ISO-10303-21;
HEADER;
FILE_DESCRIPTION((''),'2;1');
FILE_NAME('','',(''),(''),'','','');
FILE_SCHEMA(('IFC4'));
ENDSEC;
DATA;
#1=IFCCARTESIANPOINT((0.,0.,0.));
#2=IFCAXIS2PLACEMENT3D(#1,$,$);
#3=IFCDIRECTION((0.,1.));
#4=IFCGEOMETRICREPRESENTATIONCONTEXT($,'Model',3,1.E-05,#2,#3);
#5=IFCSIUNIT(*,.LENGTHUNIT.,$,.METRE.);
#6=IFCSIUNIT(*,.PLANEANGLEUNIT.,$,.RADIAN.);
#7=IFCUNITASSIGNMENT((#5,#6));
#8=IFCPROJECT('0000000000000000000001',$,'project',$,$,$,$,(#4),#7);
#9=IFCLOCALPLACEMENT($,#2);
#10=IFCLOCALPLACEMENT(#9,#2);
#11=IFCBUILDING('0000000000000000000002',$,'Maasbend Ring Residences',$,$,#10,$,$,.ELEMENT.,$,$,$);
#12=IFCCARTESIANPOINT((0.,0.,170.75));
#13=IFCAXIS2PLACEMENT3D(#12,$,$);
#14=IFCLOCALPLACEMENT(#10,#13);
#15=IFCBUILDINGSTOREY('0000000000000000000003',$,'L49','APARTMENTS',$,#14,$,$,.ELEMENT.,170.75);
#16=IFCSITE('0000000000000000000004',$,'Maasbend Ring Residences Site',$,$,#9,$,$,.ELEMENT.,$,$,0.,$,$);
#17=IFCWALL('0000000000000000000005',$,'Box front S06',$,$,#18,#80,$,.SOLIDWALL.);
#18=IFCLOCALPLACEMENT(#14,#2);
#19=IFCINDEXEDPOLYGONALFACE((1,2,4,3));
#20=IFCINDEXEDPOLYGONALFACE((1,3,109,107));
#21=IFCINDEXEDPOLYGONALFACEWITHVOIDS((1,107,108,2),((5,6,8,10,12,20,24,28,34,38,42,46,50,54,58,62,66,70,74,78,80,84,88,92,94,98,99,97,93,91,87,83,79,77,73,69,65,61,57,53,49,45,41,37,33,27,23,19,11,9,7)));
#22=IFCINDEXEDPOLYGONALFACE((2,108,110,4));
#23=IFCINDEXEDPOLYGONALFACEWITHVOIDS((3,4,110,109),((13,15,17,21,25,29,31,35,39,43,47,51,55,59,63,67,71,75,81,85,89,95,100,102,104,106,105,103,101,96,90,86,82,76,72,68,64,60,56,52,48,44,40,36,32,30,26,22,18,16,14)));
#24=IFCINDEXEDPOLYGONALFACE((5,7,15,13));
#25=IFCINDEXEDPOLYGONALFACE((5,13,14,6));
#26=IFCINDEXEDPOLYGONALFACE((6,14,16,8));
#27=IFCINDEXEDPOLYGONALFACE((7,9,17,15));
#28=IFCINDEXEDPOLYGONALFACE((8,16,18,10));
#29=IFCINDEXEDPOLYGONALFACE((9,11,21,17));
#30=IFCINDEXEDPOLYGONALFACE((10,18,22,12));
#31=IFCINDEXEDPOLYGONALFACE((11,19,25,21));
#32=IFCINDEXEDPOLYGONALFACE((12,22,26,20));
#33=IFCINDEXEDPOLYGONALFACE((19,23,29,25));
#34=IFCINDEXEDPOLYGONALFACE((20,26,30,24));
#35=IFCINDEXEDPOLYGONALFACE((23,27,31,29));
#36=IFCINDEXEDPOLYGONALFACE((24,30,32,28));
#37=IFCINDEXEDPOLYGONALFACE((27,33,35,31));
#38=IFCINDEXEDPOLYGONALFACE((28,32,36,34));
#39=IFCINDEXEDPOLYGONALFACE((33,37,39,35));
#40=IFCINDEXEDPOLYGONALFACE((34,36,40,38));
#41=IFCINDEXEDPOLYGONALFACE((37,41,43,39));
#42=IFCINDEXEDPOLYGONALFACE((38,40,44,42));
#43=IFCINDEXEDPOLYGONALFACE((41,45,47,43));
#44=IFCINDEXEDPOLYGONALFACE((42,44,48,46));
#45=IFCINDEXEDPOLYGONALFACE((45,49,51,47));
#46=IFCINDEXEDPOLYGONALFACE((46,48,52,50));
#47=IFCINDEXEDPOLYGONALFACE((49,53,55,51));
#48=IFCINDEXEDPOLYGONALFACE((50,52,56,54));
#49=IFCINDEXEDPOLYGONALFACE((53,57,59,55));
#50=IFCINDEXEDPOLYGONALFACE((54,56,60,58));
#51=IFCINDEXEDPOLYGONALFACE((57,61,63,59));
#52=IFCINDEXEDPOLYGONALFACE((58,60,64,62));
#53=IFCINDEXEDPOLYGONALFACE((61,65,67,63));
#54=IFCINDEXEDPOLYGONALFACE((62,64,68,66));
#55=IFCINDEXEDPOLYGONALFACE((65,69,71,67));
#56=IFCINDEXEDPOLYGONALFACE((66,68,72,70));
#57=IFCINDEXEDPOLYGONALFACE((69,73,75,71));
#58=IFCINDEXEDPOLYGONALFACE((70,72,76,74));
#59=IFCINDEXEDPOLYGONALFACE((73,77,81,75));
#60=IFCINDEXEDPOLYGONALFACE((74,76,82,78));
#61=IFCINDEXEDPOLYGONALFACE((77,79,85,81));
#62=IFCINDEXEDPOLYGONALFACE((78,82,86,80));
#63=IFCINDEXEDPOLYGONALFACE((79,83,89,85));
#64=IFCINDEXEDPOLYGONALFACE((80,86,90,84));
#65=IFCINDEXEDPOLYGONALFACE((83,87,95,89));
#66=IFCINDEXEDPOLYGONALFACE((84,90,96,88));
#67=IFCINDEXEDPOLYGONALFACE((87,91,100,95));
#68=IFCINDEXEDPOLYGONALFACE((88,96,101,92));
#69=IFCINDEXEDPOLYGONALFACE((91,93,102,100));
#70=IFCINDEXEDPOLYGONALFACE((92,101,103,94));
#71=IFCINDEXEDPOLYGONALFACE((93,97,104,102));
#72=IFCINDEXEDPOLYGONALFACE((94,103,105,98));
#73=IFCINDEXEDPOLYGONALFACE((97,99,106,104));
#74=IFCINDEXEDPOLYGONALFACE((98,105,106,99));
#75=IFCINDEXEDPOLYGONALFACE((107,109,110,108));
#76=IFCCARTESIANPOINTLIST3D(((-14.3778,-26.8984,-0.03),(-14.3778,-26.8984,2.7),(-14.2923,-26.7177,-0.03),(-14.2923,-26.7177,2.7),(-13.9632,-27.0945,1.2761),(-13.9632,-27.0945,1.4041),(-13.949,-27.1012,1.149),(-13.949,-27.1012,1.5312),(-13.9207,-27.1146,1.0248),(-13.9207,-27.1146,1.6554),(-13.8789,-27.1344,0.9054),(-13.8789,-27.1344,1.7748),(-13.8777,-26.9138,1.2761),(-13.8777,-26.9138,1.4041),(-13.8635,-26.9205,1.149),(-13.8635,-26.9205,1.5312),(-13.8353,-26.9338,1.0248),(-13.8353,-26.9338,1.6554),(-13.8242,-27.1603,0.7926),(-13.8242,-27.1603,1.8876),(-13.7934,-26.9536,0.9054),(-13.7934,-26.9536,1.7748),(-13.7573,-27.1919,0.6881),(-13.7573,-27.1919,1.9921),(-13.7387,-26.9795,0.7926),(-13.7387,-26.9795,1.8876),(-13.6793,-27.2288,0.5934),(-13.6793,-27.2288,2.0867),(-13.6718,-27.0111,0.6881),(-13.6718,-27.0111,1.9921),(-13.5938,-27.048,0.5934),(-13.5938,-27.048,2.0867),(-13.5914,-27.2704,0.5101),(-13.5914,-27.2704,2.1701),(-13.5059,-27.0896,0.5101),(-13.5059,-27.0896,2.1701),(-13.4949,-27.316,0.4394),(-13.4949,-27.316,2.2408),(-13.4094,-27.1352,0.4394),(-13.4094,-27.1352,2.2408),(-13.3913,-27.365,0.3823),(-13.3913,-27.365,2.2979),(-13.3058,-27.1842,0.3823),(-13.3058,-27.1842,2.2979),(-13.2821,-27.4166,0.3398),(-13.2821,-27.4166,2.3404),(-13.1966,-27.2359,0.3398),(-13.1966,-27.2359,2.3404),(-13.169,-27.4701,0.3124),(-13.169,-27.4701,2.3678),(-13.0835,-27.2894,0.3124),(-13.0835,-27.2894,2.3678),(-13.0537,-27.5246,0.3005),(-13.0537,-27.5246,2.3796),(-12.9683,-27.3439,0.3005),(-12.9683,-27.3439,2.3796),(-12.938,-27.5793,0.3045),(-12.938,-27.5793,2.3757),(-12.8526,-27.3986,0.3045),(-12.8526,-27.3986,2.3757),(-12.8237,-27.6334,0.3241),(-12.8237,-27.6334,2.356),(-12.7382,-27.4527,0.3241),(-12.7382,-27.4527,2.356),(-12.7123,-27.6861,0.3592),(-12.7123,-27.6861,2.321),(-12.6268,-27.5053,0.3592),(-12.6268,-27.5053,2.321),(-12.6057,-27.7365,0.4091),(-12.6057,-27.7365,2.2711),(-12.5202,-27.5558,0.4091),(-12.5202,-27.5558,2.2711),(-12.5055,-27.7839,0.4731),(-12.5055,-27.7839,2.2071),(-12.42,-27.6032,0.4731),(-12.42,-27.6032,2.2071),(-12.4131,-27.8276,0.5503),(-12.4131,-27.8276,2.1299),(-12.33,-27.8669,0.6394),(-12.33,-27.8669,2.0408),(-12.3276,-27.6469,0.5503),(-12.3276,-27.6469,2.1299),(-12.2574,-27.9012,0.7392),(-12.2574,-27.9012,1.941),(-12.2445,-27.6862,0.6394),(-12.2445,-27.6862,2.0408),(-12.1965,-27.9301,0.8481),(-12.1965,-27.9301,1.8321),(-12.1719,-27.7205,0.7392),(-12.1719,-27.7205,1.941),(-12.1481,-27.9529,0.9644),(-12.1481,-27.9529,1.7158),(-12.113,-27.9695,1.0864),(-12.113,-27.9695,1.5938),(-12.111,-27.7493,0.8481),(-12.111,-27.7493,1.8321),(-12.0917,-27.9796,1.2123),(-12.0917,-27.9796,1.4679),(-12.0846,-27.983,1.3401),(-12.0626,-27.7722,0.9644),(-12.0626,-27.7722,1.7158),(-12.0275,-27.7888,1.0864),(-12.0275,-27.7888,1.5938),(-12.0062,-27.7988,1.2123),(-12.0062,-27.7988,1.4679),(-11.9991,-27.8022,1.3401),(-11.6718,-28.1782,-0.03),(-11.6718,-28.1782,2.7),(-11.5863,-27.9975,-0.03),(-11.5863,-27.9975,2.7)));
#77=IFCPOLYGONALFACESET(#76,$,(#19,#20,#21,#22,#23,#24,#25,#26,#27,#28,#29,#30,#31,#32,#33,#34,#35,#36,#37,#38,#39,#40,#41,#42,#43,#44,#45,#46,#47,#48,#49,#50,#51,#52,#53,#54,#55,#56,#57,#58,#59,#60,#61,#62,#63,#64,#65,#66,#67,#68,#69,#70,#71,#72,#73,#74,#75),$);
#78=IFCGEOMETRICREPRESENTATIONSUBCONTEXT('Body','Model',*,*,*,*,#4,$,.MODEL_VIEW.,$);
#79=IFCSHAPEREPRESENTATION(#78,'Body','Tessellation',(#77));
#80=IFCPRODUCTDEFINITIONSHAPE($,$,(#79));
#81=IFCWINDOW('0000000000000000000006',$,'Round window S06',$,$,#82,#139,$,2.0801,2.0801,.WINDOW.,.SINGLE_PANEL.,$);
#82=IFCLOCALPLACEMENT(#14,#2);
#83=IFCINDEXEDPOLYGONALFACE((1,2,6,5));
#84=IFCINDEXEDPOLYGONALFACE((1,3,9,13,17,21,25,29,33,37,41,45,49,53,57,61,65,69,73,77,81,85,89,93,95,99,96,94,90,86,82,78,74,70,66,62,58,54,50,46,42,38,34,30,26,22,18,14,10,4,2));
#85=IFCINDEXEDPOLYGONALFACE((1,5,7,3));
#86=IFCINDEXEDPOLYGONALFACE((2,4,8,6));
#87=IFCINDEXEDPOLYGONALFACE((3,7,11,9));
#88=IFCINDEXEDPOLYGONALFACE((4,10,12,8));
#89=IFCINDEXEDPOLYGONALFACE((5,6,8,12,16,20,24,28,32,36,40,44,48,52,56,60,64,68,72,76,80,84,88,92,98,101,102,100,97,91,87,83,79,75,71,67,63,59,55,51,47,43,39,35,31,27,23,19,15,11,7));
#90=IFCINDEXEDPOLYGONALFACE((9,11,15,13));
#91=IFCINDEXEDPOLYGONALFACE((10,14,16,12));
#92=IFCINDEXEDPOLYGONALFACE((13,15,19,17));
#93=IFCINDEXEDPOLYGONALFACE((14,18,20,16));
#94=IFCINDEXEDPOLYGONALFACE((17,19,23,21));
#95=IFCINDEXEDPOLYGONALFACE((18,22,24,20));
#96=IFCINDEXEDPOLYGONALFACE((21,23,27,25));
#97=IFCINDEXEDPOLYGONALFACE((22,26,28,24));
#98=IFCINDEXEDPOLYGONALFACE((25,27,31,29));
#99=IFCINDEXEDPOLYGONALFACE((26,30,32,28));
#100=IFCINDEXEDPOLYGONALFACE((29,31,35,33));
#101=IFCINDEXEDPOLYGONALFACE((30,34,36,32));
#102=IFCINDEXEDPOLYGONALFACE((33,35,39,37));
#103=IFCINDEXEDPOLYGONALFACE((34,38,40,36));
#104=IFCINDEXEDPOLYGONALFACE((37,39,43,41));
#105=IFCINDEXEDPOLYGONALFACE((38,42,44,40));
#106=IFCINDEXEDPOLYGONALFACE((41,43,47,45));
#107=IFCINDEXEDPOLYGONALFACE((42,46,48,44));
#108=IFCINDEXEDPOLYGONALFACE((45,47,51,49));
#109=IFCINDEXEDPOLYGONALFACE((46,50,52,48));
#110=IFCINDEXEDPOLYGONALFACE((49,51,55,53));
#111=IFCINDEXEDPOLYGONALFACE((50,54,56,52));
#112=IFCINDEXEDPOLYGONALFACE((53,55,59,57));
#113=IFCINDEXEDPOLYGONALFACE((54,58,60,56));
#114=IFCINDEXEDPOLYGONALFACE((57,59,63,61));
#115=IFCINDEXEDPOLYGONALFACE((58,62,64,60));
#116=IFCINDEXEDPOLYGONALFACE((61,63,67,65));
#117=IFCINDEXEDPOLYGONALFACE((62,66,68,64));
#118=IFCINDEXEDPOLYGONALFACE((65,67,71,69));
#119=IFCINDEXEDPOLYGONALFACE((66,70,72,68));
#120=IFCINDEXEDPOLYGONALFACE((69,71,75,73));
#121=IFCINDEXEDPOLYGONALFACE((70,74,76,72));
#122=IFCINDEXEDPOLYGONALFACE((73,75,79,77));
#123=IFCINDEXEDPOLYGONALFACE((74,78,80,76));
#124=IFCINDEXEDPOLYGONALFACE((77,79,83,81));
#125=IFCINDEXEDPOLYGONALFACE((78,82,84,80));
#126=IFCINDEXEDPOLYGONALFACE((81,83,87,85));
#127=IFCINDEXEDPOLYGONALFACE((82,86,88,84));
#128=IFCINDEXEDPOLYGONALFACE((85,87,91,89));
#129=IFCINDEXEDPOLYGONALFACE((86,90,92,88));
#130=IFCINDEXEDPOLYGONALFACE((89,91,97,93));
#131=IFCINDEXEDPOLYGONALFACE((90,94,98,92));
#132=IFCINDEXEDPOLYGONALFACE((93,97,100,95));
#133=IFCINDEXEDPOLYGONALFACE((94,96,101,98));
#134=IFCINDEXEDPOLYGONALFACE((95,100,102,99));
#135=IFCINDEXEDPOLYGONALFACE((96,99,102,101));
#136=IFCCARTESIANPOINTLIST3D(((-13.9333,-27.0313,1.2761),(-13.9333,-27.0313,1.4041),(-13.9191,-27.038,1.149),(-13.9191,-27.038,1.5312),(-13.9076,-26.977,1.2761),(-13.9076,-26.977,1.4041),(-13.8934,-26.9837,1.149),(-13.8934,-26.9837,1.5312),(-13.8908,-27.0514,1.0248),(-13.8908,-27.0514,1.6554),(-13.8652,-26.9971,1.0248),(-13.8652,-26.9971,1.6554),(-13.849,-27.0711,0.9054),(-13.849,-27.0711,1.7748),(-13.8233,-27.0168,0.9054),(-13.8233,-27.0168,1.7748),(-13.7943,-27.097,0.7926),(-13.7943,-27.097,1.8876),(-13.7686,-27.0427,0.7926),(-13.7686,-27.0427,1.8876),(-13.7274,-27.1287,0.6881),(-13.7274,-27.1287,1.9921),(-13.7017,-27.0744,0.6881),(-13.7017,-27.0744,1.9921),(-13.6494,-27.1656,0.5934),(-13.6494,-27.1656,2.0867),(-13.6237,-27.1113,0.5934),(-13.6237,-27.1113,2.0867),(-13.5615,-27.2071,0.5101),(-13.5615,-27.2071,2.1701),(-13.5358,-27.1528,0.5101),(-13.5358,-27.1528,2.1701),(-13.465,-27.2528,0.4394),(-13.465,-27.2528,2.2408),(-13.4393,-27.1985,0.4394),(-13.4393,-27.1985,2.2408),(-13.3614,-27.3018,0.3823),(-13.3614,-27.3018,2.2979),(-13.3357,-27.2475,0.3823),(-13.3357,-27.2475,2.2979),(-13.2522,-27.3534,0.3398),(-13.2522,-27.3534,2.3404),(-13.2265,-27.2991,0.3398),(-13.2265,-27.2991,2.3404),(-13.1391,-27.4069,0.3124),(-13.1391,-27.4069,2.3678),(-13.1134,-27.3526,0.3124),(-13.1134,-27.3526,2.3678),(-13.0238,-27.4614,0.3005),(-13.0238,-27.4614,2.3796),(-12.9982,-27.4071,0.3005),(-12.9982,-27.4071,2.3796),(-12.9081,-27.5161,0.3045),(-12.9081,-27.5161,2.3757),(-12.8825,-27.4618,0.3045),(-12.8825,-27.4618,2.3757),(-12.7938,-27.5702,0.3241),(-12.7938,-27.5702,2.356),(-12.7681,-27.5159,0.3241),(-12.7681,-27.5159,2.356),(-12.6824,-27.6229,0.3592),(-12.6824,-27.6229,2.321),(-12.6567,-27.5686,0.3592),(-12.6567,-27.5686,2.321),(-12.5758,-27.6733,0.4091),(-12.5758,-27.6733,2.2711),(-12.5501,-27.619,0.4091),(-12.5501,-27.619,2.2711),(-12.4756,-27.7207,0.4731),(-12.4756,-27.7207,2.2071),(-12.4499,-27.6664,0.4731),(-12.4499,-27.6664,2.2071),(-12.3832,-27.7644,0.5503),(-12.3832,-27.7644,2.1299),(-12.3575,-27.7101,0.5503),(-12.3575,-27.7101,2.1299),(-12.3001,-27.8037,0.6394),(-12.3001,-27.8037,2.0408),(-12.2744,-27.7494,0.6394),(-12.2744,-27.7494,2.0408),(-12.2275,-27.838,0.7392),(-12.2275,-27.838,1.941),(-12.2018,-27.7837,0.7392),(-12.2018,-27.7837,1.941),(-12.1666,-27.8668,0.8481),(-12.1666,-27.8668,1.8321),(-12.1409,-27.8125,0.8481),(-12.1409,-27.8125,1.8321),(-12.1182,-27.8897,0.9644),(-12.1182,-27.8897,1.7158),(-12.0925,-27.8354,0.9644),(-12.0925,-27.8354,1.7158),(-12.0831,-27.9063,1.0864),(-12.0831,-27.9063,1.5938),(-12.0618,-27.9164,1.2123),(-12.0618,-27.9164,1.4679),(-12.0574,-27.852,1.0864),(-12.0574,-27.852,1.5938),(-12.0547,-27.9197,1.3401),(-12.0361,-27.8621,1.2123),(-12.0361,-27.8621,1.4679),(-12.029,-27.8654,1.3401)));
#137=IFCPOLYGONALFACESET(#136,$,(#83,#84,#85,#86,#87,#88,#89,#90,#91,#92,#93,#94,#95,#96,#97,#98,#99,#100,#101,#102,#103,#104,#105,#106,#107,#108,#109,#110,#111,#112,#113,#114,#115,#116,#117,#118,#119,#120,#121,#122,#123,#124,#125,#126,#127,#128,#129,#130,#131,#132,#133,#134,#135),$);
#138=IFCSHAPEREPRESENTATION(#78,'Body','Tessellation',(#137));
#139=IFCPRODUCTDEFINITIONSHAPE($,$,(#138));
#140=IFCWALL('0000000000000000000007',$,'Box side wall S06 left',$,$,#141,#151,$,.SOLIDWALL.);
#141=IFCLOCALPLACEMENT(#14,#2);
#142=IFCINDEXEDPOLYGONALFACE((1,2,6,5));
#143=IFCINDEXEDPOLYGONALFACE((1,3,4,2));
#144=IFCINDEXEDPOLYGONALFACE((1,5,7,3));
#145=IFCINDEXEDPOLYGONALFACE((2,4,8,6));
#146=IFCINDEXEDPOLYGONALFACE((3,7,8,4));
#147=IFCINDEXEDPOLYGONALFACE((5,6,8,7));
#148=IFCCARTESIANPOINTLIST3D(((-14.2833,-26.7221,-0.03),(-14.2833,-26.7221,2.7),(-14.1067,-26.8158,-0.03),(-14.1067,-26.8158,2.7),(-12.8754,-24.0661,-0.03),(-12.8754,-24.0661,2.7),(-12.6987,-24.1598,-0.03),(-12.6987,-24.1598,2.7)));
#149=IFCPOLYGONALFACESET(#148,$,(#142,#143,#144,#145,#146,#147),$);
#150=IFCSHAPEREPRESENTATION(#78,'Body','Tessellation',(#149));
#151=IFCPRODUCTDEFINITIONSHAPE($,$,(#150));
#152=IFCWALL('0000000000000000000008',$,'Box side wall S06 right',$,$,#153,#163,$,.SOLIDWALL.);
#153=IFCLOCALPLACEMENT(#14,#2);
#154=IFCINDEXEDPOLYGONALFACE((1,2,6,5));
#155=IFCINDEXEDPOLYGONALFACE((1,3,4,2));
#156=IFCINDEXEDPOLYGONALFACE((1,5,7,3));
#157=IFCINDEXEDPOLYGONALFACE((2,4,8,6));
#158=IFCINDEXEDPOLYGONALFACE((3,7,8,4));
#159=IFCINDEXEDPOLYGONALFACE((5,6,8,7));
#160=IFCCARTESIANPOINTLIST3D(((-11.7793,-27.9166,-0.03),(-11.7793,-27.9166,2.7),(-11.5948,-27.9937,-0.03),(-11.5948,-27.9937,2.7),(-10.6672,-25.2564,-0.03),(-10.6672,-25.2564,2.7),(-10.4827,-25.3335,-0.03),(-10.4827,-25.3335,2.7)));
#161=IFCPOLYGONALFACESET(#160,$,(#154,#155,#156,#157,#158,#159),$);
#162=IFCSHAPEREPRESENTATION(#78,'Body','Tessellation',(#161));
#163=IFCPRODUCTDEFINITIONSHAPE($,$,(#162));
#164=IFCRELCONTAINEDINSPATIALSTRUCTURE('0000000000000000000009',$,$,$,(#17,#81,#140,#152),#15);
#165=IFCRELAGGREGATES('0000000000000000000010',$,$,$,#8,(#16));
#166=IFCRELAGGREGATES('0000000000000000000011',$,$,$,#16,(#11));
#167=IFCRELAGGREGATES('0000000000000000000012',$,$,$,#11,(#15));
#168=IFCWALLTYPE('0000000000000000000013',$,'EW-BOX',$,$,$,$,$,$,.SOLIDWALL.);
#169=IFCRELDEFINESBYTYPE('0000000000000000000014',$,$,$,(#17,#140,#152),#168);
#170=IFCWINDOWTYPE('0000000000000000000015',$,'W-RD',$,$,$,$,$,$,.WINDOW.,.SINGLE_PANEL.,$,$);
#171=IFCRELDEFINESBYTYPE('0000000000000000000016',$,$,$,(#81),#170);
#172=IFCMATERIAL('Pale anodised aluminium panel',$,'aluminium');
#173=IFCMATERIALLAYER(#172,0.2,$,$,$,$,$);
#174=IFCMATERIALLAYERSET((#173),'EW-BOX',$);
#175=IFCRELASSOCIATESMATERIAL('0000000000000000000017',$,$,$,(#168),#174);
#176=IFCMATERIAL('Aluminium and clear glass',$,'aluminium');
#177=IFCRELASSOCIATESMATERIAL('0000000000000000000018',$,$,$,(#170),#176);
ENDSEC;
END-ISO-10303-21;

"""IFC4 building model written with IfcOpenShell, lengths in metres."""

from ifc_helpers import new_model, si_unit, direction, frame, frame_2d, origin, place, context, subcontext, project, spatial, rectangle, circle, extrude, material, layer, layer_set, type_object, element, fill, save


model = new_model("IFC4")

# Units and contexts
model_context = context("Model", 3, precision=1e-05, world=origin(), true_north=direction((0.0, 1.0)))
body_context = subcontext(model_context, "Body", "Model", "MODEL_VIEW")
ifc_project = project(units=[si_unit("LENGTHUNIT", "METRE"), si_unit("PLANEANGLEUNIT", "RADIAN")], contexts=[model_context])

# Site, building, storey
site_placement = place(None, origin())
site = spatial("IfcSite", under=ifc_project, at=site_placement, Name="Maasbend Ring Residences Site", CompositionType="ELEMENT", RefElevation=0.0)
building_placement = place(site_placement, origin())
building = spatial("IfcBuilding", under=site, at=building_placement, Name="Maasbend Ring Residences", CompositionType="ELEMENT")
storey_placement = place(building_placement, frame((0.0, 0.0, 170.75)))
storey = spatial("IfcBuildingStorey", under=building, at=storey_placement, Name="L49", Description="APARTMENTS", CompositionType="ELEMENT", Elevation=170.75)

# Shared definitions
ifc_material_1 = material(Name="Pale anodised aluminium panel", Category="aluminium")
ifc_layer_1 = layer(ifc_material_1, 0.2)
ifc_layer_set_1 = layer_set([ifc_layer_1], Name="EW-BOX")
wall_type_1 = type_object("IfcWallType", Name="EW-BOX", PredefinedType="SOLIDWALL", material=ifc_layer_set_1)

# Wall, opening, window
wall_1_placement = place(storey_placement, frame((-14.335, -26.8081, -0.03), z_axis=(0.0, 0.0, 1.0), x_axis=(0.904, -0.427532, 0.0)))
wall_1 = element("IfcWall", 1, at=wall_1_placement, inside=storey, type_object=wall_type_1, Name="Box front S06", PredefinedType="SOLIDWALL", context=body_context, shape_type="SweptSolid", body=[
    extrude(rectangle(XDim=2.9934, YDim=0.2, at=frame_2d((1.4966, 0.0))), origin(), (0.0, 0.0, 1.0), 2.73),
])
opening_1_placement = place(wall_1_placement, frame((0.4565, 0.0, 0.3301)))
opening_1 = element("IfcOpeningElement", 2, at=opening_1_placement, cuts=wall_1, PredefinedType="OPENING", context=body_context, shape_type="SweptSolid", body=[
    extrude(circle(Radius=1.04, at=frame_2d((1.04, 1.04))), frame((0.0, 0.1099, 0.0), z_axis=(0.0, -1.0, 0.0), x_axis=(1.0, 0.0, 0.0)), (0.0, 0.0, 1.0), 0.22),
])
ifc_material_2 = material(Name="Aluminium and clear glass", Category="aluminium")
window_type_1 = type_object("IfcWindowType", Name="W-RD", PartitioningType="SINGLE_PANEL", PredefinedType="WINDOW", material=ifc_material_2)
window_1_placement = place(opening_1_placement, origin())
window_1 = element("IfcWindow", 3, at=window_1_placement, inside=storey, type_object=window_type_1, Name="Round window S06", OverallHeight=2.0801, OverallWidth=2.0801, PartitioningType="SINGLE_PANEL", PredefinedType="WINDOW", context=body_context, shape_type="SweptSolid", body=[
    extrude(circle(Radius=1.04, at=frame_2d((1.04, 1.04))), frame((0.0, 0.03, 0.0), z_axis=(0.0, -1.0, 0.0), x_axis=(1.0, 0.0, 0.0)), (0.0, 0.0, 1.0), 0.0601),
])
fill(opening_1, window_1)

# Walls
wall_2_placement = place(storey_placement, frame((-12.7871, -24.113, -0.03), z_axis=(0.0, 0.0, 1.0), x_axis=(-0.468365, -0.883535, 0.0)))
element("IfcWall", 4, at=wall_2_placement, inside=storey, type_object=wall_type_1, Name="Box side wall S06 left", PredefinedType="SOLIDWALL", context=body_context, shape_type="SweptSolid", body=[
    extrude(rectangle(XDim=3.0061, YDim=0.2, at=frame_2d((1.5029, 0.0))), origin(), (0.0, 0.0, 1.0), 2.73),
])
wall_3_placement = place(storey_placement, frame((-10.575, -25.2949, -0.03), z_axis=(0.0, 0.0, 1.0), x_axis=(-0.385697, -0.922625, 0.0)))
element("IfcWall", 5, at=wall_3_placement, inside=storey, type_object=wall_type_1, Name="Box side wall S06 right", PredefinedType="SOLIDWALL", context=body_context, shape_type="SweptSolid", body=[
    extrude(rectangle(XDim=2.8833, YDim=0.2, at=frame_2d((1.4417, 0.0))), origin(), (0.0, 0.0, 1.0), 2.73),
])

save(model, "model.ifc")
